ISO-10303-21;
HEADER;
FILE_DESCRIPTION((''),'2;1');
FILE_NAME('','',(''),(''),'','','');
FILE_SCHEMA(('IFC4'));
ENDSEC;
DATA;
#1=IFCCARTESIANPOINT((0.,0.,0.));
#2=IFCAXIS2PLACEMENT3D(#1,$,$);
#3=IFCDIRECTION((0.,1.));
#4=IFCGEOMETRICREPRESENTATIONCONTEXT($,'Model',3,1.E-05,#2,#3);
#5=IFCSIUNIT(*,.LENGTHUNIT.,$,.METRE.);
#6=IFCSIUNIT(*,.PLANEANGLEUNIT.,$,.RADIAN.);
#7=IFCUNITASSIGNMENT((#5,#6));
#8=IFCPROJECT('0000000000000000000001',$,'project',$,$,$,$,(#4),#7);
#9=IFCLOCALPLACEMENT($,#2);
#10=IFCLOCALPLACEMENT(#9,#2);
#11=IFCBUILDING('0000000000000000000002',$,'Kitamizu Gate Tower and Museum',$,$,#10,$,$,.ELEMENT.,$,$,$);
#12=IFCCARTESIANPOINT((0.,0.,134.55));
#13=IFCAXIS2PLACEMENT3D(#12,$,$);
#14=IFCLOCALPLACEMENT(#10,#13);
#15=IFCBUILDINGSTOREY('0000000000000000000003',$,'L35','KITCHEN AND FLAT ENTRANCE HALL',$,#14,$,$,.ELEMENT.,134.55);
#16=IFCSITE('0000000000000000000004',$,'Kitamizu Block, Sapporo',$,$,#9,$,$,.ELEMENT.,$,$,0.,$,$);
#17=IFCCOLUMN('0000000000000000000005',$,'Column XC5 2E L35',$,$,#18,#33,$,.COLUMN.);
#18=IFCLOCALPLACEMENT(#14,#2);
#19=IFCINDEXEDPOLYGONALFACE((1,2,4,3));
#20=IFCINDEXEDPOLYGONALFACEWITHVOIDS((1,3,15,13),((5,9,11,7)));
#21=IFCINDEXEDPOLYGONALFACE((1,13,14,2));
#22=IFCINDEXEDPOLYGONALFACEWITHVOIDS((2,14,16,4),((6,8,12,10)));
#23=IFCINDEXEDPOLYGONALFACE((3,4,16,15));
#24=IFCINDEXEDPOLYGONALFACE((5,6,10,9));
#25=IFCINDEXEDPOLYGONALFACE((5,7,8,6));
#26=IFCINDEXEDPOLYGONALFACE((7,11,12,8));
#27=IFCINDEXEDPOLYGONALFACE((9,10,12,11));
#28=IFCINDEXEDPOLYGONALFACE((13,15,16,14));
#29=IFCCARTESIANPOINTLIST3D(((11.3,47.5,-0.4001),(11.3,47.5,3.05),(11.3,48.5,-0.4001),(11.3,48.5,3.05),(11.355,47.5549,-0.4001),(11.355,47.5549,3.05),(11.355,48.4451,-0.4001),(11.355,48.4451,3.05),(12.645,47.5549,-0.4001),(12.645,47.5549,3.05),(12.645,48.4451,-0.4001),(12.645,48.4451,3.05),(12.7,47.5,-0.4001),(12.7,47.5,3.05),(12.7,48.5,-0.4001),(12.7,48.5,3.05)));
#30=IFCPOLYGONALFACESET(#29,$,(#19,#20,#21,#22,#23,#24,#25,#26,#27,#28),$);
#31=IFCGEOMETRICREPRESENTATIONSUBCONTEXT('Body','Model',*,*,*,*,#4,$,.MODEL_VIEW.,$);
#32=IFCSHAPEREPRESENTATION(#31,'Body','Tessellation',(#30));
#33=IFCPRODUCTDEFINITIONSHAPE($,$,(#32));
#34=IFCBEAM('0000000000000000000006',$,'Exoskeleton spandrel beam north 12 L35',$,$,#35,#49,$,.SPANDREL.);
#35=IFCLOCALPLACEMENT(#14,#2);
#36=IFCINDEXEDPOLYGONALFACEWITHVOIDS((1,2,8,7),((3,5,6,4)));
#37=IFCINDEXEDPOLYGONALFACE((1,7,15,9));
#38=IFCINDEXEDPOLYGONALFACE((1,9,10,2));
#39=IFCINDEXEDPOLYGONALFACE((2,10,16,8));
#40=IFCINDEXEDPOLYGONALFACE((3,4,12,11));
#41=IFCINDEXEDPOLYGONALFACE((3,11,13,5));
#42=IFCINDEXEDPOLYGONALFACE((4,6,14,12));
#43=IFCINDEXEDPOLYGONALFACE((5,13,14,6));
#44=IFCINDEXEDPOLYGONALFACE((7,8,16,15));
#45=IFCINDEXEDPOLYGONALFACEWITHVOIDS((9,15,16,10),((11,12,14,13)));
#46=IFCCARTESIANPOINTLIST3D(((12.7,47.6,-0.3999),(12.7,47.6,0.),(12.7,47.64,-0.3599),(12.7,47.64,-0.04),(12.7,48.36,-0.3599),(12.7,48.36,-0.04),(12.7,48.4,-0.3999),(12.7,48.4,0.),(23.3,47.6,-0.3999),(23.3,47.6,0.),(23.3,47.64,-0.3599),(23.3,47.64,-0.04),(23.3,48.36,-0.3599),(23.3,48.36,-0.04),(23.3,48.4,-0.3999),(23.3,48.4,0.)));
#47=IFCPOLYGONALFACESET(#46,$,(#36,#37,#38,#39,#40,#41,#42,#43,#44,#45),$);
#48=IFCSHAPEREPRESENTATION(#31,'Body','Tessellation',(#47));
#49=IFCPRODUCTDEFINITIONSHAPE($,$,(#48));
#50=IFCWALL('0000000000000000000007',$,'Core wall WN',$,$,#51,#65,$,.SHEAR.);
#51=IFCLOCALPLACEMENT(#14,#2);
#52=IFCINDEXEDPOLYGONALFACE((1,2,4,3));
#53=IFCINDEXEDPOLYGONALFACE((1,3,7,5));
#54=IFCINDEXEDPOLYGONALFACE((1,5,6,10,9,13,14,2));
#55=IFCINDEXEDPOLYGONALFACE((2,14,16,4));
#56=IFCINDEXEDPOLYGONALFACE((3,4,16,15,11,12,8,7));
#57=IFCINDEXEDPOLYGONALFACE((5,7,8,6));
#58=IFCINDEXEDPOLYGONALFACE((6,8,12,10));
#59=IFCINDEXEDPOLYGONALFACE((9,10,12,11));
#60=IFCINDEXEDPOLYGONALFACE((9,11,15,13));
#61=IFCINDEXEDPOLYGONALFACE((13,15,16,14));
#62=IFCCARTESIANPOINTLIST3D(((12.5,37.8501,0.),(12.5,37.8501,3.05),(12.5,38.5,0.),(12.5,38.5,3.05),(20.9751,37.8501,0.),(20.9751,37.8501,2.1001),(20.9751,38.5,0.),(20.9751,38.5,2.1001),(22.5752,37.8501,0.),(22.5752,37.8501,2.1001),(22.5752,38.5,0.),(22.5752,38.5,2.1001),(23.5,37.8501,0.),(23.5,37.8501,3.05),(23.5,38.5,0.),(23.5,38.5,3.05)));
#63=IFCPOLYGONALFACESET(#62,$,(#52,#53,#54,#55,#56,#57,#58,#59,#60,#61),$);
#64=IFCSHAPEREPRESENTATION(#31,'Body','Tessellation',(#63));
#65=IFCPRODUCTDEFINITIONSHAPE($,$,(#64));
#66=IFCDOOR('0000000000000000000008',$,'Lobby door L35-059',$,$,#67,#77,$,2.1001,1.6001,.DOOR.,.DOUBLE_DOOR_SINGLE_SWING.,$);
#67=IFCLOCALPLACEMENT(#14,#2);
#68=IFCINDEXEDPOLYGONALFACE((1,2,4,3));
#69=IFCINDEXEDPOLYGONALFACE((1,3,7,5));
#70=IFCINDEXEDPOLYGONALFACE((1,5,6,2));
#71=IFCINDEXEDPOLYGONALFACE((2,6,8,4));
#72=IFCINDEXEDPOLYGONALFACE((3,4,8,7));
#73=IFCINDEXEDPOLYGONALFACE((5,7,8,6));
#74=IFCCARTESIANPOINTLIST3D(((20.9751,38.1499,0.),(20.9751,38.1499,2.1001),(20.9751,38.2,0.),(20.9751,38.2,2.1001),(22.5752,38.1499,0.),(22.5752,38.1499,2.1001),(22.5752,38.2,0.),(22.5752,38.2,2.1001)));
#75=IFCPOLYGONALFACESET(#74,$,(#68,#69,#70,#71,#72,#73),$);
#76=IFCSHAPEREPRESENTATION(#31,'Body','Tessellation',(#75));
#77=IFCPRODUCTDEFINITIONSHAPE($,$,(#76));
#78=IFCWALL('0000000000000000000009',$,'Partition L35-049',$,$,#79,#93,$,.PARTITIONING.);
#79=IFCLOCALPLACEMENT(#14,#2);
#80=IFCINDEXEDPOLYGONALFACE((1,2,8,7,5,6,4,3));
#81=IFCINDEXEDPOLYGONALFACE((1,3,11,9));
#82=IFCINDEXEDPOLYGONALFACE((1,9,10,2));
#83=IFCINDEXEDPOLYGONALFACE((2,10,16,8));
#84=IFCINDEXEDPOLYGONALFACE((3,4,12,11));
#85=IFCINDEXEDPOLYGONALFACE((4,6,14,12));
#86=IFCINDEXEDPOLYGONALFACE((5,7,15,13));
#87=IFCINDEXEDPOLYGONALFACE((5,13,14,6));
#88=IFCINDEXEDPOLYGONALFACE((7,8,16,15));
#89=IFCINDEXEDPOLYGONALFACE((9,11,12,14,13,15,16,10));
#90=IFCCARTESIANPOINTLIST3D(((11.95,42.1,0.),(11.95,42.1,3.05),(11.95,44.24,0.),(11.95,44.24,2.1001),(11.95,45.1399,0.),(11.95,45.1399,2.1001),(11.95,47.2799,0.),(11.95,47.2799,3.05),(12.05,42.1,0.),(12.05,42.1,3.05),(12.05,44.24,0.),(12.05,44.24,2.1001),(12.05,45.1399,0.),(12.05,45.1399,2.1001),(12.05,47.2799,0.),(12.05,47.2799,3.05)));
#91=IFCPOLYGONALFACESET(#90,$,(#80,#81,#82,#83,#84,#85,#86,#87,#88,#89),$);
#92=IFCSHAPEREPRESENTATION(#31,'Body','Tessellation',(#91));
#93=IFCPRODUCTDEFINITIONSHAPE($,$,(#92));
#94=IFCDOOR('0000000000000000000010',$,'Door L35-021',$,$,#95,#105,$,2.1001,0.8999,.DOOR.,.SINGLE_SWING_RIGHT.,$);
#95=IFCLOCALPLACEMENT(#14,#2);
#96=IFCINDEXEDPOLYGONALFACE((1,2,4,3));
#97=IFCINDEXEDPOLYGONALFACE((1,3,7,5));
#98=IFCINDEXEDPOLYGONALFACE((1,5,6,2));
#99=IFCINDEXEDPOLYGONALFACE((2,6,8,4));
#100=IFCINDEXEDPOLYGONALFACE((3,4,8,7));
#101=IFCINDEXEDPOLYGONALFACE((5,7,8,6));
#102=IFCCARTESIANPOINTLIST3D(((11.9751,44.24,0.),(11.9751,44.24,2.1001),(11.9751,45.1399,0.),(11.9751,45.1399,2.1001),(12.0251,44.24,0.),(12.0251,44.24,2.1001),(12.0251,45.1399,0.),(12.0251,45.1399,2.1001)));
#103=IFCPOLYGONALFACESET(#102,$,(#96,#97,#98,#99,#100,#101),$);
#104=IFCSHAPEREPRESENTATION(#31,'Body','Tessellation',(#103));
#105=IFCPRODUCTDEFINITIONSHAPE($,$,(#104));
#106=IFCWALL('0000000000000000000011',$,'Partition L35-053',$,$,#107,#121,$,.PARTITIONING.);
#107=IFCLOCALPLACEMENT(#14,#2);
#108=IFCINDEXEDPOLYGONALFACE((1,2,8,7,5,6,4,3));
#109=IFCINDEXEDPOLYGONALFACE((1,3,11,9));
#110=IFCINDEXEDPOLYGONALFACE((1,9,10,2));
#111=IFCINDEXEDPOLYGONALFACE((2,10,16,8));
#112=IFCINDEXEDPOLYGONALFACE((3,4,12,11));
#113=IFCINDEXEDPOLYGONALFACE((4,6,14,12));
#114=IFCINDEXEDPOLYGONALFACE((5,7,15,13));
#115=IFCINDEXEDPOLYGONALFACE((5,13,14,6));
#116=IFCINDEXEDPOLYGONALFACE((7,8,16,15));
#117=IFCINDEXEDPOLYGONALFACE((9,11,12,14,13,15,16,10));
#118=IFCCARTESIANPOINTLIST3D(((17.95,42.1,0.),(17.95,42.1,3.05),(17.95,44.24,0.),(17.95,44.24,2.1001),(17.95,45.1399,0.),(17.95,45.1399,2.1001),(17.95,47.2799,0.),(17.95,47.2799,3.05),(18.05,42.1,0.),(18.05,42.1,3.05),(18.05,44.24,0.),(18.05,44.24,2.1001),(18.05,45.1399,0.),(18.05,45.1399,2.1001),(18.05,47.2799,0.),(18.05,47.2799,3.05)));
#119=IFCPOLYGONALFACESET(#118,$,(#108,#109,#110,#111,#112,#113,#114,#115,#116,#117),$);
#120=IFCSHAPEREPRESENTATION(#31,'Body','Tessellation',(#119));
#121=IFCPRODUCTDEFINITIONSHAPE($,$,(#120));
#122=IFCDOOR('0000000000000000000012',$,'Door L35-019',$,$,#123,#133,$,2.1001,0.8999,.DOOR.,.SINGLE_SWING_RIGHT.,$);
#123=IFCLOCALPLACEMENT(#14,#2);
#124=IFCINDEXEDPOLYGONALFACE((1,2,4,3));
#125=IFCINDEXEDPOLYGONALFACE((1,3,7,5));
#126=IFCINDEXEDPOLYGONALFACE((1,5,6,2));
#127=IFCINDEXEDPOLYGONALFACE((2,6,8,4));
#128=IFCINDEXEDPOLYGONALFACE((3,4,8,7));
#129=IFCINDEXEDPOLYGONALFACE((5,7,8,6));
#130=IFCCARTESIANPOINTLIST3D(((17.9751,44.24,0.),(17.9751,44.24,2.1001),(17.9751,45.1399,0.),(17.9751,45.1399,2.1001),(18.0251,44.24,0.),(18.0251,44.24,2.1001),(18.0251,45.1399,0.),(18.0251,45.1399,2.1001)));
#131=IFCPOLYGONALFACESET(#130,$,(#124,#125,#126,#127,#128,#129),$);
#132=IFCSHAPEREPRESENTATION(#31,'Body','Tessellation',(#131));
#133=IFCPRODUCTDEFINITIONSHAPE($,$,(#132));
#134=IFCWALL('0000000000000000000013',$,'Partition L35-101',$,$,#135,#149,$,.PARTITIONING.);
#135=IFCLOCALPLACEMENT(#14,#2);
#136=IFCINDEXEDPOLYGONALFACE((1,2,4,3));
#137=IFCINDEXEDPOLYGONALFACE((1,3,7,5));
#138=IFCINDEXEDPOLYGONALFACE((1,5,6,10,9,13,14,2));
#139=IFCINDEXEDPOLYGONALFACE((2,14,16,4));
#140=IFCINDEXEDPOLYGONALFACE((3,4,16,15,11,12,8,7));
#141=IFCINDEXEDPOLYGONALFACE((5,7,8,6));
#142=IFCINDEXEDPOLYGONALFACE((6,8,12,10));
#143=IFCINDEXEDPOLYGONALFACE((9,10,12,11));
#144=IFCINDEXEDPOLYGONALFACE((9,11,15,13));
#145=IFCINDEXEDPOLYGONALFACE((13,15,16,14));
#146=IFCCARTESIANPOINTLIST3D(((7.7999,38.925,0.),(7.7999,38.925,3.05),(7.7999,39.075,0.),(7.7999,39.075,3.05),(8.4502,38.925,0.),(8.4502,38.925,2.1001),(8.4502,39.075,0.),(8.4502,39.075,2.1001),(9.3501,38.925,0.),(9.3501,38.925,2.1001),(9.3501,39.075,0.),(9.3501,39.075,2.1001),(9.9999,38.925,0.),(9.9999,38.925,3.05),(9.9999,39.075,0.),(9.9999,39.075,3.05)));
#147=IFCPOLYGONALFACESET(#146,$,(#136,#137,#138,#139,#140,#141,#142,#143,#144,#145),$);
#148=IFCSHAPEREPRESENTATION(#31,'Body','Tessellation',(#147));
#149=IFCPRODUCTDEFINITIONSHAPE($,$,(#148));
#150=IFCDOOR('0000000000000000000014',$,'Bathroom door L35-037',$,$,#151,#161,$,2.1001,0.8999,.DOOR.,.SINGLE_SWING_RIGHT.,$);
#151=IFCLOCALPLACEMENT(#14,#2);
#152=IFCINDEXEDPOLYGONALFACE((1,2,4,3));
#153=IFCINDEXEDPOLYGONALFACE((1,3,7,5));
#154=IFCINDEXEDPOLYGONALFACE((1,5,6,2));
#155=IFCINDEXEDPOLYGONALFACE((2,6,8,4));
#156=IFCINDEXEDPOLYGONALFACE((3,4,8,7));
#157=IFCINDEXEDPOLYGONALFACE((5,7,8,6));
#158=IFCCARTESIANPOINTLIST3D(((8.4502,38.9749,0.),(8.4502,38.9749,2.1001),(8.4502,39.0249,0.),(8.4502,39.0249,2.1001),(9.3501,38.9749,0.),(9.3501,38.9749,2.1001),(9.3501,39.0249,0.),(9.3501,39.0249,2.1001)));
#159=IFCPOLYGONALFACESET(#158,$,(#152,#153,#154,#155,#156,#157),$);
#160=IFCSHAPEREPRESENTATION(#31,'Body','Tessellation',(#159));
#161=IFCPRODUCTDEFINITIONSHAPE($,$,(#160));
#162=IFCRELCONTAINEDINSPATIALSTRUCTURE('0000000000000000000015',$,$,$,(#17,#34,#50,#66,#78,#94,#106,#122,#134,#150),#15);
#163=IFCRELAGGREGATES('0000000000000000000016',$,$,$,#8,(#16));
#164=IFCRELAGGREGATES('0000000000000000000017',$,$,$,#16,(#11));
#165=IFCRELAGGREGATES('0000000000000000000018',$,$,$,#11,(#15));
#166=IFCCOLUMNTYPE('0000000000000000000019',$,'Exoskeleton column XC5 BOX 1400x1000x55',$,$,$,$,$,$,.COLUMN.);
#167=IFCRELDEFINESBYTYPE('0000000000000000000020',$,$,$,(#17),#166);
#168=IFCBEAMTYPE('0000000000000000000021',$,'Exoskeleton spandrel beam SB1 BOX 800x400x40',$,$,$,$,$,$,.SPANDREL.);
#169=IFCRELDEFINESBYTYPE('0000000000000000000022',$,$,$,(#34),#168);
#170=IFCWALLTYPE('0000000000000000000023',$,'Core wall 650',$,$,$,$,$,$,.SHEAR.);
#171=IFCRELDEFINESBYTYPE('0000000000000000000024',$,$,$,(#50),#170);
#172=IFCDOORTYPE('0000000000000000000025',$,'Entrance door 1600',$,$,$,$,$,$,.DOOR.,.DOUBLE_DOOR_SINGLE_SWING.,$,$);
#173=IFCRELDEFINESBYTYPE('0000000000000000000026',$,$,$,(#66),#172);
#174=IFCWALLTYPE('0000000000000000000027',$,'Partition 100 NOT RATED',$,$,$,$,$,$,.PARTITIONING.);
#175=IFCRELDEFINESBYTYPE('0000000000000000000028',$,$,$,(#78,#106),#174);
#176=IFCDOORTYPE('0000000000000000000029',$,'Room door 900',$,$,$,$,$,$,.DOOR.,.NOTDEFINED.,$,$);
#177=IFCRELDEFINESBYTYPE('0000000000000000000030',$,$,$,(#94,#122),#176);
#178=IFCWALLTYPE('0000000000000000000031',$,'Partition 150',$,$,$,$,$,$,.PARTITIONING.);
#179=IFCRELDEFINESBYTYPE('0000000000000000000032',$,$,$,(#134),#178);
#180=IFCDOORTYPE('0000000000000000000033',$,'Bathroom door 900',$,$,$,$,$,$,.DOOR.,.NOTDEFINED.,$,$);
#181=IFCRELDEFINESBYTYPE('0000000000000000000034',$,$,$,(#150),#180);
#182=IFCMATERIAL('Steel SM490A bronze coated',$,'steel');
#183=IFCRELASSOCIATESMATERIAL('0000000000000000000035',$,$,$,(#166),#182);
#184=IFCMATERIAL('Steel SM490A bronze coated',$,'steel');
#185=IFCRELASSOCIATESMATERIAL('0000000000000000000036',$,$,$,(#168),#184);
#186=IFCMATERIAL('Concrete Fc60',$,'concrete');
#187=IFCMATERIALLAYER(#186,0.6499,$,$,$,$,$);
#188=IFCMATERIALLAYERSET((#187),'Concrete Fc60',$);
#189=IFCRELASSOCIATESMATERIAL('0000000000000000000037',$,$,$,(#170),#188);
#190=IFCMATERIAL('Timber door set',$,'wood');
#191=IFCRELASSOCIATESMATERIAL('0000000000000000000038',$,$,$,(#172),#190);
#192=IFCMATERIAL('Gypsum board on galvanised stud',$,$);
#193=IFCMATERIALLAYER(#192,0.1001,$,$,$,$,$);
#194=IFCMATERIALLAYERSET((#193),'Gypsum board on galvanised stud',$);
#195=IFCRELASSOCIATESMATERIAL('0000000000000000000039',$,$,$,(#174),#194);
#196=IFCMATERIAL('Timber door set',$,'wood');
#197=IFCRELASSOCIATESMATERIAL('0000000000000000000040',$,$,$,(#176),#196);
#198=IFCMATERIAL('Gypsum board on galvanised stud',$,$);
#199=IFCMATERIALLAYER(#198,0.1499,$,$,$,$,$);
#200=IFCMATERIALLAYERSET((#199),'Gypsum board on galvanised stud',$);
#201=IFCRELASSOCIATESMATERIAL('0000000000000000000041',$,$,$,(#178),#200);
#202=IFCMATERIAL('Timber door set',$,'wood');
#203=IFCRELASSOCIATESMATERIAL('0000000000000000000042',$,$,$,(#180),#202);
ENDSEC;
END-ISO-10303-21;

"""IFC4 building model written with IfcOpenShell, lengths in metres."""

from ifc_helpers import new_model, si_unit, direction, frame, frame_2d, origin, origin_2d, place, context, subcontext, project, spatial, rectangle, hollow_rectangle, extrude, material, layer, layer_set, material_profile, profile_set, type_object, element, fill, save


model = new_model("IFC4")

# Units and contexts
model_context = context("Model", 3, precision=1e-05, world=origin(), true_north=direction((0.0, 1.0)))
body_context = subcontext(model_context, "Body", "Model", "MODEL_VIEW")
ifc_project = project(units=[si_unit("LENGTHUNIT", "METRE"), si_unit("PLANEANGLEUNIT", "RADIAN")], contexts=[model_context])

# Site, building, storey
site_placement = place(None, origin())
site = spatial("IfcSite", under=ifc_project, at=site_placement, Name="Kitamizu Block, Sapporo", CompositionType="ELEMENT", RefElevation=0.0)
building_placement = place(site_placement, origin())
building = spatial("IfcBuilding", under=site, at=building_placement, Name="Kitamizu Gate Tower and Museum", CompositionType="ELEMENT")
storey_placement = place(building_placement, frame((0.0, 0.0, 134.55)))
storey = spatial("IfcBuildingStorey", under=building, at=storey_placement, Name="L35", Description="KITCHEN AND FLAT ENTRANCE HALL", CompositionType="ELEMENT", Elevation=134.55)

# Column
ifc_material_1 = material(Name="Steel SM490A bronze coated", Category="steel")
ifc_material_profile_1 = material_profile(ifc_material_1, hollow_rectangle(XDim=1.3999, YDim=1.0, WallThickness=0.0549, at=origin_2d()), Name="BOX 1400x1000x55")
ifc_profile_set_1 = profile_set([ifc_material_profile_1], Name="Steel SM490A bronze coated")
column_type = type_object("IfcColumnType", Name="Exoskeleton column XC5 BOX 1400x1000x55", PredefinedType="COLUMN", material=ifc_profile_set_1)
column_placement = place(storey_placement, frame((12.0, 48.0, -0.4001), z_axis=(0.0, 0.0, 1.0), x_axis=(1.0, 0.0, 0.0)))
element("IfcColumn", 1, at=column_placement, inside=storey, type_object=column_type, Name="Column XC5 2E L35", PredefinedType="COLUMN", context=body_context, shape_type="SweptSolid", body=[
    extrude(hollow_rectangle(XDim=1.3999, YDim=1.0, WallThickness=0.0549, at=origin_2d()), origin(), (0.0, 0.0, 1.0), 3.4502),
])

# Beam
ifc_material_2 = material(Name="Steel SM490A bronze coated", Category="steel")
ifc_material_profile_2 = material_profile(ifc_material_2, hollow_rectangle(XDim=0.8, YDim=0.3999, WallThickness=0.04, at=origin_2d()), Name="BOX 800x400x40")
ifc_profile_set_2 = profile_set([ifc_material_profile_2], Name="Steel SM490A bronze coated")
beam_type = type_object("IfcBeamType", Name="Exoskeleton spandrel beam SB1 BOX 800x400x40", PredefinedType="SPANDREL", material=ifc_profile_set_2)
beam_placement = place(storey_placement, frame((12.7, 48.0, -0.2), z_axis=(1.0, 0.0, 0.0), x_axis=(0.0, 1.0, 0.0)))
element("IfcBeam", 2, at=beam_placement, inside=storey, type_object=beam_type, Name="Exoskeleton spandrel beam north 12 L35", PredefinedType="SPANDREL", context=body_context, shape_type="SweptSolid", body=[
    extrude(hollow_rectangle(XDim=0.8, YDim=0.3999, WallThickness=0.04, at=origin_2d()), origin(), (0.0, 0.0, 1.0), 10.6001),
])

# Walls, openings, doors
ifc_material_3 = material(Name="Concrete Fc60", Category="concrete")
ifc_layer_1 = layer(ifc_material_3, 0.6499)
ifc_layer_set_1 = layer_set([ifc_layer_1], Name="Concrete Fc60")
wall_type_1 = type_object("IfcWallType", Name="Core wall 650", PredefinedType="SHEAR", material=ifc_layer_set_1)
wall_1_placement = place(storey_placement, frame((12.5, 38.175, 0.0), z_axis=(0.0, 0.0, 1.0), x_axis=(1.0, 0.0, 0.0)))
wall_1 = element("IfcWall", 3, at=wall_1_placement, inside=storey, type_object=wall_type_1, Name="Core wall WN", PredefinedType="SHEAR", context=body_context, shape_type="SweptSolid", body=[
    extrude(rectangle(XDim=11.0, YDim=0.6499, at=frame_2d((5.5, 0.0))), origin(), (0.0, 0.0, 1.0), 3.05),
])
opening_1_placement = place(wall_1_placement, frame((8.4751, 0.0, 0.0)))
opening_1 = element("IfcOpeningElement", 4, at=opening_1_placement, cuts=wall_1, PredefinedType="OPENING", context=body_context, shape_type="SweptSolid", body=[
    extrude(rectangle(XDim=1.6001, YDim=2.1001, at=frame_2d((0.8, 1.05))), frame((0.0, 0.335, 0.0), z_axis=(0.0, -1.0, 0.0), x_axis=(1.0, 0.0, 0.0)), (0.0, 0.0, 1.0), 0.6699),
])
ifc_material_4 = material(Name="Timber door set", Category="wood")
door_type_1 = type_object("IfcDoorType", Name="Entrance door 1600", OperationType="DOUBLE_DOOR_SINGLE_SWING", PredefinedType="DOOR", material=ifc_material_4)
door_1_placement = place(opening_1_placement, origin())
door_1 = element("IfcDoor", 5, at=door_1_placement, inside=storey, type_object=door_type_1, Name="Lobby door L35-059", OperationType="DOUBLE_DOOR_SINGLE_SWING", OverallHeight=2.1001, OverallWidth=1.6001, PredefinedType="DOOR", context=body_context, shape_type="SweptSolid", body=[
    extrude(rectangle(XDim=1.6001, YDim=2.1001, at=frame_2d((0.8, 1.05))), frame((0.0, 0.0249, 0.0), z_axis=(0.0, -1.0, 0.0), x_axis=(1.0, 0.0, 0.0)), (0.0, 0.0, 1.0), 0.05),
])
fill(opening_1, door_1)
ifc_material_5 = material(Name="Gypsum board on galvanised stud")
ifc_layer_2 = layer(ifc_material_5, 0.1001)
ifc_layer_set_2 = layer_set([ifc_layer_2], Name="Gypsum board on galvanised stud")
wall_type_2 = type_object("IfcWallType", Name="Partition 100 NOT RATED", PredefinedType="PARTITIONING", material=ifc_layer_set_2)
wall_2_placement = place(storey_placement, frame((12.0, 42.1001, 0.0), z_axis=(0.0, 0.0, 1.0), x_axis=(0.0, 1.0, 0.0)))
wall_2 = element("IfcWall", 6, at=wall_2_placement, inside=storey, type_object=wall_type_2, Name="Partition L35-049", PredefinedType="PARTITIONING", context=body_context, shape_type="SweptSolid", body=[
    extrude(rectangle(XDim=5.1799, YDim=0.1001, at=frame_2d((2.5898, 0.0))), origin(), (0.0, 0.0, 1.0), 3.05),
])
opening_2_placement = place(wall_2_placement, frame((2.1399, 0.0, 0.0)))
opening_2 = element("IfcOpeningElement", 7, at=opening_2_placement, cuts=wall_2, PredefinedType="OPENING", context=body_context, shape_type="SweptSolid", body=[
    extrude(rectangle(XDim=0.8999, YDim=2.1001, at=frame_2d((0.45, 1.05))), frame((0.0, 0.0601, 0.0), z_axis=(0.0, -1.0, 0.0), x_axis=(1.0, 0.0, 0.0)), (0.0, 0.0, 1.0), 0.1201),
])
ifc_material_6 = material(Name="Timber door set", Category="wood")
door_type_2 = type_object("IfcDoorType", Name="Room door 900", OperationType="NOTDEFINED", PredefinedType="DOOR", material=ifc_material_6)
door_2_placement = place(opening_2_placement, origin())
door_2 = element("IfcDoor", 8, at=door_2_placement, inside=storey, type_object=door_type_2, Name="Door L35-021", OperationType="SINGLE_SWING_RIGHT", OverallHeight=2.1001, OverallWidth=0.8999, PredefinedType="DOOR", context=body_context, shape_type="SweptSolid", body=[
    extrude(rectangle(XDim=0.8999, YDim=2.1001, at=frame_2d((0.45, 1.05))), frame((0.0, 0.0249, 0.0), z_axis=(0.0, -1.0, 0.0), x_axis=(1.0, 0.0, 0.0)), (0.0, 0.0, 1.0), 0.05),
])
fill(opening_2, door_2)
wall_3_placement = place(storey_placement, frame((18.0, 42.1001, 0.0), z_axis=(0.0, 0.0, 1.0), x_axis=(0.0, 1.0, 0.0)))
wall_3 = element("IfcWall", 9, at=wall_3_placement, inside=storey, type_object=wall_type_2, Name="Partition L35-053", PredefinedType="PARTITIONING", context=body_context, shape_type="SweptSolid", body=[
    extrude(rectangle(XDim=5.1799, YDim=0.1001, at=frame_2d((2.5898, 0.0))), origin(), (0.0, 0.0, 1.0), 3.05),
])
opening_3_placement = place(wall_3_placement, frame((2.1399, 0.0, 0.0)))
opening_3 = element("IfcOpeningElement", 10, at=opening_3_placement, cuts=wall_3, PredefinedType="OPENING", context=body_context, shape_type="SweptSolid", body=[
    extrude(rectangle(XDim=0.8999, YDim=2.1001, at=frame_2d((0.45, 1.05))), frame((0.0, 0.0601, 0.0), z_axis=(0.0, -1.0, 0.0), x_axis=(1.0, 0.0, 0.0)), (0.0, 0.0, 1.0), 0.1201),
])
door_3_placement = place(opening_3_placement, origin())
door_3 = element("IfcDoor", 11, at=door_3_placement, inside=storey, type_object=door_type_2, Name="Door L35-019", OperationType="SINGLE_SWING_RIGHT", OverallHeight=2.1001, OverallWidth=0.8999, PredefinedType="DOOR", context=body_context, shape_type="SweptSolid", body=[
    extrude(rectangle(XDim=0.8999, YDim=2.1001, at=frame_2d((0.45, 1.05))), frame((0.0, 0.0249, 0.0), z_axis=(0.0, -1.0, 0.0), x_axis=(1.0, 0.0, 0.0)), (0.0, 0.0, 1.0), 0.05),
])
fill(opening_3, door_3)
ifc_material_7 = material(Name="Gypsum board on galvanised stud")
ifc_layer_3 = layer(ifc_material_7, 0.1499)
ifc_layer_set_3 = layer_set([ifc_layer_3], Name="Gypsum board on galvanised stud")
wall_type_3 = type_object("IfcWallType", Name="Partition 150", PredefinedType="PARTITIONING", material=ifc_layer_set_3)
wall_4_placement = place(storey_placement, frame((10.0, 39.0, 0.0), z_axis=(0.0, 0.0, 1.0), x_axis=(-1.0, 0.0, 0.0)))
wall_4 = element("IfcWall", 12, at=wall_4_placement, inside=storey, type_object=wall_type_3, Name="Partition L35-101", PredefinedType="PARTITIONING", context=body_context, shape_type="SweptSolid", body=[
    extrude(rectangle(XDim=2.2, YDim=0.1499, at=frame_2d((1.1001, 0.0))), origin(), (0.0, 0.0, 1.0), 3.05),
])
opening_4_placement = place(wall_4_placement, frame((0.6499, 0.0, 0.0)))
opening_4 = element("IfcOpeningElement", 13, at=opening_4_placement, cuts=wall_4, PredefinedType="OPENING", context=body_context, shape_type="SweptSolid", body=[
    extrude(rectangle(XDim=0.8999, YDim=2.1001, at=frame_2d((0.45, 1.05))), frame((0.0, 0.085, 0.0), z_axis=(0.0, -1.0, 0.0), x_axis=(1.0, 0.0, 0.0)), (0.0, 0.0, 1.0), 0.1699),
])
ifc_material_8 = material(Name="Timber door set", Category="wood")
door_type_3 = type_object("IfcDoorType", Name="Bathroom door 900", OperationType="NOTDEFINED", PredefinedType="DOOR", material=ifc_material_8)
door_4_placement = place(opening_4_placement, frame((0.8999, 0.0, 0.0), x_axis=(-1.0, 0.0, 0.0)))
door_4 = element("IfcDoor", 14, at=door_4_placement, inside=storey, type_object=door_type_3, Name="Bathroom door L35-037", OperationType="SINGLE_SWING_RIGHT", OverallHeight=2.1001, OverallWidth=0.8999, PredefinedType="DOOR", context=body_context, shape_type="SweptSolid", body=[
    extrude(rectangle(XDim=0.8999, YDim=2.1001, at=frame_2d((0.45, 1.05))), frame((0.0, 0.0249, 0.0), z_axis=(0.0, -1.0, 0.0), x_axis=(1.0, 0.0, 0.0)), (0.0, 0.0, 1.0), 0.05),
])
fill(opening_4, door_4)

save(model, "model.ifc")
